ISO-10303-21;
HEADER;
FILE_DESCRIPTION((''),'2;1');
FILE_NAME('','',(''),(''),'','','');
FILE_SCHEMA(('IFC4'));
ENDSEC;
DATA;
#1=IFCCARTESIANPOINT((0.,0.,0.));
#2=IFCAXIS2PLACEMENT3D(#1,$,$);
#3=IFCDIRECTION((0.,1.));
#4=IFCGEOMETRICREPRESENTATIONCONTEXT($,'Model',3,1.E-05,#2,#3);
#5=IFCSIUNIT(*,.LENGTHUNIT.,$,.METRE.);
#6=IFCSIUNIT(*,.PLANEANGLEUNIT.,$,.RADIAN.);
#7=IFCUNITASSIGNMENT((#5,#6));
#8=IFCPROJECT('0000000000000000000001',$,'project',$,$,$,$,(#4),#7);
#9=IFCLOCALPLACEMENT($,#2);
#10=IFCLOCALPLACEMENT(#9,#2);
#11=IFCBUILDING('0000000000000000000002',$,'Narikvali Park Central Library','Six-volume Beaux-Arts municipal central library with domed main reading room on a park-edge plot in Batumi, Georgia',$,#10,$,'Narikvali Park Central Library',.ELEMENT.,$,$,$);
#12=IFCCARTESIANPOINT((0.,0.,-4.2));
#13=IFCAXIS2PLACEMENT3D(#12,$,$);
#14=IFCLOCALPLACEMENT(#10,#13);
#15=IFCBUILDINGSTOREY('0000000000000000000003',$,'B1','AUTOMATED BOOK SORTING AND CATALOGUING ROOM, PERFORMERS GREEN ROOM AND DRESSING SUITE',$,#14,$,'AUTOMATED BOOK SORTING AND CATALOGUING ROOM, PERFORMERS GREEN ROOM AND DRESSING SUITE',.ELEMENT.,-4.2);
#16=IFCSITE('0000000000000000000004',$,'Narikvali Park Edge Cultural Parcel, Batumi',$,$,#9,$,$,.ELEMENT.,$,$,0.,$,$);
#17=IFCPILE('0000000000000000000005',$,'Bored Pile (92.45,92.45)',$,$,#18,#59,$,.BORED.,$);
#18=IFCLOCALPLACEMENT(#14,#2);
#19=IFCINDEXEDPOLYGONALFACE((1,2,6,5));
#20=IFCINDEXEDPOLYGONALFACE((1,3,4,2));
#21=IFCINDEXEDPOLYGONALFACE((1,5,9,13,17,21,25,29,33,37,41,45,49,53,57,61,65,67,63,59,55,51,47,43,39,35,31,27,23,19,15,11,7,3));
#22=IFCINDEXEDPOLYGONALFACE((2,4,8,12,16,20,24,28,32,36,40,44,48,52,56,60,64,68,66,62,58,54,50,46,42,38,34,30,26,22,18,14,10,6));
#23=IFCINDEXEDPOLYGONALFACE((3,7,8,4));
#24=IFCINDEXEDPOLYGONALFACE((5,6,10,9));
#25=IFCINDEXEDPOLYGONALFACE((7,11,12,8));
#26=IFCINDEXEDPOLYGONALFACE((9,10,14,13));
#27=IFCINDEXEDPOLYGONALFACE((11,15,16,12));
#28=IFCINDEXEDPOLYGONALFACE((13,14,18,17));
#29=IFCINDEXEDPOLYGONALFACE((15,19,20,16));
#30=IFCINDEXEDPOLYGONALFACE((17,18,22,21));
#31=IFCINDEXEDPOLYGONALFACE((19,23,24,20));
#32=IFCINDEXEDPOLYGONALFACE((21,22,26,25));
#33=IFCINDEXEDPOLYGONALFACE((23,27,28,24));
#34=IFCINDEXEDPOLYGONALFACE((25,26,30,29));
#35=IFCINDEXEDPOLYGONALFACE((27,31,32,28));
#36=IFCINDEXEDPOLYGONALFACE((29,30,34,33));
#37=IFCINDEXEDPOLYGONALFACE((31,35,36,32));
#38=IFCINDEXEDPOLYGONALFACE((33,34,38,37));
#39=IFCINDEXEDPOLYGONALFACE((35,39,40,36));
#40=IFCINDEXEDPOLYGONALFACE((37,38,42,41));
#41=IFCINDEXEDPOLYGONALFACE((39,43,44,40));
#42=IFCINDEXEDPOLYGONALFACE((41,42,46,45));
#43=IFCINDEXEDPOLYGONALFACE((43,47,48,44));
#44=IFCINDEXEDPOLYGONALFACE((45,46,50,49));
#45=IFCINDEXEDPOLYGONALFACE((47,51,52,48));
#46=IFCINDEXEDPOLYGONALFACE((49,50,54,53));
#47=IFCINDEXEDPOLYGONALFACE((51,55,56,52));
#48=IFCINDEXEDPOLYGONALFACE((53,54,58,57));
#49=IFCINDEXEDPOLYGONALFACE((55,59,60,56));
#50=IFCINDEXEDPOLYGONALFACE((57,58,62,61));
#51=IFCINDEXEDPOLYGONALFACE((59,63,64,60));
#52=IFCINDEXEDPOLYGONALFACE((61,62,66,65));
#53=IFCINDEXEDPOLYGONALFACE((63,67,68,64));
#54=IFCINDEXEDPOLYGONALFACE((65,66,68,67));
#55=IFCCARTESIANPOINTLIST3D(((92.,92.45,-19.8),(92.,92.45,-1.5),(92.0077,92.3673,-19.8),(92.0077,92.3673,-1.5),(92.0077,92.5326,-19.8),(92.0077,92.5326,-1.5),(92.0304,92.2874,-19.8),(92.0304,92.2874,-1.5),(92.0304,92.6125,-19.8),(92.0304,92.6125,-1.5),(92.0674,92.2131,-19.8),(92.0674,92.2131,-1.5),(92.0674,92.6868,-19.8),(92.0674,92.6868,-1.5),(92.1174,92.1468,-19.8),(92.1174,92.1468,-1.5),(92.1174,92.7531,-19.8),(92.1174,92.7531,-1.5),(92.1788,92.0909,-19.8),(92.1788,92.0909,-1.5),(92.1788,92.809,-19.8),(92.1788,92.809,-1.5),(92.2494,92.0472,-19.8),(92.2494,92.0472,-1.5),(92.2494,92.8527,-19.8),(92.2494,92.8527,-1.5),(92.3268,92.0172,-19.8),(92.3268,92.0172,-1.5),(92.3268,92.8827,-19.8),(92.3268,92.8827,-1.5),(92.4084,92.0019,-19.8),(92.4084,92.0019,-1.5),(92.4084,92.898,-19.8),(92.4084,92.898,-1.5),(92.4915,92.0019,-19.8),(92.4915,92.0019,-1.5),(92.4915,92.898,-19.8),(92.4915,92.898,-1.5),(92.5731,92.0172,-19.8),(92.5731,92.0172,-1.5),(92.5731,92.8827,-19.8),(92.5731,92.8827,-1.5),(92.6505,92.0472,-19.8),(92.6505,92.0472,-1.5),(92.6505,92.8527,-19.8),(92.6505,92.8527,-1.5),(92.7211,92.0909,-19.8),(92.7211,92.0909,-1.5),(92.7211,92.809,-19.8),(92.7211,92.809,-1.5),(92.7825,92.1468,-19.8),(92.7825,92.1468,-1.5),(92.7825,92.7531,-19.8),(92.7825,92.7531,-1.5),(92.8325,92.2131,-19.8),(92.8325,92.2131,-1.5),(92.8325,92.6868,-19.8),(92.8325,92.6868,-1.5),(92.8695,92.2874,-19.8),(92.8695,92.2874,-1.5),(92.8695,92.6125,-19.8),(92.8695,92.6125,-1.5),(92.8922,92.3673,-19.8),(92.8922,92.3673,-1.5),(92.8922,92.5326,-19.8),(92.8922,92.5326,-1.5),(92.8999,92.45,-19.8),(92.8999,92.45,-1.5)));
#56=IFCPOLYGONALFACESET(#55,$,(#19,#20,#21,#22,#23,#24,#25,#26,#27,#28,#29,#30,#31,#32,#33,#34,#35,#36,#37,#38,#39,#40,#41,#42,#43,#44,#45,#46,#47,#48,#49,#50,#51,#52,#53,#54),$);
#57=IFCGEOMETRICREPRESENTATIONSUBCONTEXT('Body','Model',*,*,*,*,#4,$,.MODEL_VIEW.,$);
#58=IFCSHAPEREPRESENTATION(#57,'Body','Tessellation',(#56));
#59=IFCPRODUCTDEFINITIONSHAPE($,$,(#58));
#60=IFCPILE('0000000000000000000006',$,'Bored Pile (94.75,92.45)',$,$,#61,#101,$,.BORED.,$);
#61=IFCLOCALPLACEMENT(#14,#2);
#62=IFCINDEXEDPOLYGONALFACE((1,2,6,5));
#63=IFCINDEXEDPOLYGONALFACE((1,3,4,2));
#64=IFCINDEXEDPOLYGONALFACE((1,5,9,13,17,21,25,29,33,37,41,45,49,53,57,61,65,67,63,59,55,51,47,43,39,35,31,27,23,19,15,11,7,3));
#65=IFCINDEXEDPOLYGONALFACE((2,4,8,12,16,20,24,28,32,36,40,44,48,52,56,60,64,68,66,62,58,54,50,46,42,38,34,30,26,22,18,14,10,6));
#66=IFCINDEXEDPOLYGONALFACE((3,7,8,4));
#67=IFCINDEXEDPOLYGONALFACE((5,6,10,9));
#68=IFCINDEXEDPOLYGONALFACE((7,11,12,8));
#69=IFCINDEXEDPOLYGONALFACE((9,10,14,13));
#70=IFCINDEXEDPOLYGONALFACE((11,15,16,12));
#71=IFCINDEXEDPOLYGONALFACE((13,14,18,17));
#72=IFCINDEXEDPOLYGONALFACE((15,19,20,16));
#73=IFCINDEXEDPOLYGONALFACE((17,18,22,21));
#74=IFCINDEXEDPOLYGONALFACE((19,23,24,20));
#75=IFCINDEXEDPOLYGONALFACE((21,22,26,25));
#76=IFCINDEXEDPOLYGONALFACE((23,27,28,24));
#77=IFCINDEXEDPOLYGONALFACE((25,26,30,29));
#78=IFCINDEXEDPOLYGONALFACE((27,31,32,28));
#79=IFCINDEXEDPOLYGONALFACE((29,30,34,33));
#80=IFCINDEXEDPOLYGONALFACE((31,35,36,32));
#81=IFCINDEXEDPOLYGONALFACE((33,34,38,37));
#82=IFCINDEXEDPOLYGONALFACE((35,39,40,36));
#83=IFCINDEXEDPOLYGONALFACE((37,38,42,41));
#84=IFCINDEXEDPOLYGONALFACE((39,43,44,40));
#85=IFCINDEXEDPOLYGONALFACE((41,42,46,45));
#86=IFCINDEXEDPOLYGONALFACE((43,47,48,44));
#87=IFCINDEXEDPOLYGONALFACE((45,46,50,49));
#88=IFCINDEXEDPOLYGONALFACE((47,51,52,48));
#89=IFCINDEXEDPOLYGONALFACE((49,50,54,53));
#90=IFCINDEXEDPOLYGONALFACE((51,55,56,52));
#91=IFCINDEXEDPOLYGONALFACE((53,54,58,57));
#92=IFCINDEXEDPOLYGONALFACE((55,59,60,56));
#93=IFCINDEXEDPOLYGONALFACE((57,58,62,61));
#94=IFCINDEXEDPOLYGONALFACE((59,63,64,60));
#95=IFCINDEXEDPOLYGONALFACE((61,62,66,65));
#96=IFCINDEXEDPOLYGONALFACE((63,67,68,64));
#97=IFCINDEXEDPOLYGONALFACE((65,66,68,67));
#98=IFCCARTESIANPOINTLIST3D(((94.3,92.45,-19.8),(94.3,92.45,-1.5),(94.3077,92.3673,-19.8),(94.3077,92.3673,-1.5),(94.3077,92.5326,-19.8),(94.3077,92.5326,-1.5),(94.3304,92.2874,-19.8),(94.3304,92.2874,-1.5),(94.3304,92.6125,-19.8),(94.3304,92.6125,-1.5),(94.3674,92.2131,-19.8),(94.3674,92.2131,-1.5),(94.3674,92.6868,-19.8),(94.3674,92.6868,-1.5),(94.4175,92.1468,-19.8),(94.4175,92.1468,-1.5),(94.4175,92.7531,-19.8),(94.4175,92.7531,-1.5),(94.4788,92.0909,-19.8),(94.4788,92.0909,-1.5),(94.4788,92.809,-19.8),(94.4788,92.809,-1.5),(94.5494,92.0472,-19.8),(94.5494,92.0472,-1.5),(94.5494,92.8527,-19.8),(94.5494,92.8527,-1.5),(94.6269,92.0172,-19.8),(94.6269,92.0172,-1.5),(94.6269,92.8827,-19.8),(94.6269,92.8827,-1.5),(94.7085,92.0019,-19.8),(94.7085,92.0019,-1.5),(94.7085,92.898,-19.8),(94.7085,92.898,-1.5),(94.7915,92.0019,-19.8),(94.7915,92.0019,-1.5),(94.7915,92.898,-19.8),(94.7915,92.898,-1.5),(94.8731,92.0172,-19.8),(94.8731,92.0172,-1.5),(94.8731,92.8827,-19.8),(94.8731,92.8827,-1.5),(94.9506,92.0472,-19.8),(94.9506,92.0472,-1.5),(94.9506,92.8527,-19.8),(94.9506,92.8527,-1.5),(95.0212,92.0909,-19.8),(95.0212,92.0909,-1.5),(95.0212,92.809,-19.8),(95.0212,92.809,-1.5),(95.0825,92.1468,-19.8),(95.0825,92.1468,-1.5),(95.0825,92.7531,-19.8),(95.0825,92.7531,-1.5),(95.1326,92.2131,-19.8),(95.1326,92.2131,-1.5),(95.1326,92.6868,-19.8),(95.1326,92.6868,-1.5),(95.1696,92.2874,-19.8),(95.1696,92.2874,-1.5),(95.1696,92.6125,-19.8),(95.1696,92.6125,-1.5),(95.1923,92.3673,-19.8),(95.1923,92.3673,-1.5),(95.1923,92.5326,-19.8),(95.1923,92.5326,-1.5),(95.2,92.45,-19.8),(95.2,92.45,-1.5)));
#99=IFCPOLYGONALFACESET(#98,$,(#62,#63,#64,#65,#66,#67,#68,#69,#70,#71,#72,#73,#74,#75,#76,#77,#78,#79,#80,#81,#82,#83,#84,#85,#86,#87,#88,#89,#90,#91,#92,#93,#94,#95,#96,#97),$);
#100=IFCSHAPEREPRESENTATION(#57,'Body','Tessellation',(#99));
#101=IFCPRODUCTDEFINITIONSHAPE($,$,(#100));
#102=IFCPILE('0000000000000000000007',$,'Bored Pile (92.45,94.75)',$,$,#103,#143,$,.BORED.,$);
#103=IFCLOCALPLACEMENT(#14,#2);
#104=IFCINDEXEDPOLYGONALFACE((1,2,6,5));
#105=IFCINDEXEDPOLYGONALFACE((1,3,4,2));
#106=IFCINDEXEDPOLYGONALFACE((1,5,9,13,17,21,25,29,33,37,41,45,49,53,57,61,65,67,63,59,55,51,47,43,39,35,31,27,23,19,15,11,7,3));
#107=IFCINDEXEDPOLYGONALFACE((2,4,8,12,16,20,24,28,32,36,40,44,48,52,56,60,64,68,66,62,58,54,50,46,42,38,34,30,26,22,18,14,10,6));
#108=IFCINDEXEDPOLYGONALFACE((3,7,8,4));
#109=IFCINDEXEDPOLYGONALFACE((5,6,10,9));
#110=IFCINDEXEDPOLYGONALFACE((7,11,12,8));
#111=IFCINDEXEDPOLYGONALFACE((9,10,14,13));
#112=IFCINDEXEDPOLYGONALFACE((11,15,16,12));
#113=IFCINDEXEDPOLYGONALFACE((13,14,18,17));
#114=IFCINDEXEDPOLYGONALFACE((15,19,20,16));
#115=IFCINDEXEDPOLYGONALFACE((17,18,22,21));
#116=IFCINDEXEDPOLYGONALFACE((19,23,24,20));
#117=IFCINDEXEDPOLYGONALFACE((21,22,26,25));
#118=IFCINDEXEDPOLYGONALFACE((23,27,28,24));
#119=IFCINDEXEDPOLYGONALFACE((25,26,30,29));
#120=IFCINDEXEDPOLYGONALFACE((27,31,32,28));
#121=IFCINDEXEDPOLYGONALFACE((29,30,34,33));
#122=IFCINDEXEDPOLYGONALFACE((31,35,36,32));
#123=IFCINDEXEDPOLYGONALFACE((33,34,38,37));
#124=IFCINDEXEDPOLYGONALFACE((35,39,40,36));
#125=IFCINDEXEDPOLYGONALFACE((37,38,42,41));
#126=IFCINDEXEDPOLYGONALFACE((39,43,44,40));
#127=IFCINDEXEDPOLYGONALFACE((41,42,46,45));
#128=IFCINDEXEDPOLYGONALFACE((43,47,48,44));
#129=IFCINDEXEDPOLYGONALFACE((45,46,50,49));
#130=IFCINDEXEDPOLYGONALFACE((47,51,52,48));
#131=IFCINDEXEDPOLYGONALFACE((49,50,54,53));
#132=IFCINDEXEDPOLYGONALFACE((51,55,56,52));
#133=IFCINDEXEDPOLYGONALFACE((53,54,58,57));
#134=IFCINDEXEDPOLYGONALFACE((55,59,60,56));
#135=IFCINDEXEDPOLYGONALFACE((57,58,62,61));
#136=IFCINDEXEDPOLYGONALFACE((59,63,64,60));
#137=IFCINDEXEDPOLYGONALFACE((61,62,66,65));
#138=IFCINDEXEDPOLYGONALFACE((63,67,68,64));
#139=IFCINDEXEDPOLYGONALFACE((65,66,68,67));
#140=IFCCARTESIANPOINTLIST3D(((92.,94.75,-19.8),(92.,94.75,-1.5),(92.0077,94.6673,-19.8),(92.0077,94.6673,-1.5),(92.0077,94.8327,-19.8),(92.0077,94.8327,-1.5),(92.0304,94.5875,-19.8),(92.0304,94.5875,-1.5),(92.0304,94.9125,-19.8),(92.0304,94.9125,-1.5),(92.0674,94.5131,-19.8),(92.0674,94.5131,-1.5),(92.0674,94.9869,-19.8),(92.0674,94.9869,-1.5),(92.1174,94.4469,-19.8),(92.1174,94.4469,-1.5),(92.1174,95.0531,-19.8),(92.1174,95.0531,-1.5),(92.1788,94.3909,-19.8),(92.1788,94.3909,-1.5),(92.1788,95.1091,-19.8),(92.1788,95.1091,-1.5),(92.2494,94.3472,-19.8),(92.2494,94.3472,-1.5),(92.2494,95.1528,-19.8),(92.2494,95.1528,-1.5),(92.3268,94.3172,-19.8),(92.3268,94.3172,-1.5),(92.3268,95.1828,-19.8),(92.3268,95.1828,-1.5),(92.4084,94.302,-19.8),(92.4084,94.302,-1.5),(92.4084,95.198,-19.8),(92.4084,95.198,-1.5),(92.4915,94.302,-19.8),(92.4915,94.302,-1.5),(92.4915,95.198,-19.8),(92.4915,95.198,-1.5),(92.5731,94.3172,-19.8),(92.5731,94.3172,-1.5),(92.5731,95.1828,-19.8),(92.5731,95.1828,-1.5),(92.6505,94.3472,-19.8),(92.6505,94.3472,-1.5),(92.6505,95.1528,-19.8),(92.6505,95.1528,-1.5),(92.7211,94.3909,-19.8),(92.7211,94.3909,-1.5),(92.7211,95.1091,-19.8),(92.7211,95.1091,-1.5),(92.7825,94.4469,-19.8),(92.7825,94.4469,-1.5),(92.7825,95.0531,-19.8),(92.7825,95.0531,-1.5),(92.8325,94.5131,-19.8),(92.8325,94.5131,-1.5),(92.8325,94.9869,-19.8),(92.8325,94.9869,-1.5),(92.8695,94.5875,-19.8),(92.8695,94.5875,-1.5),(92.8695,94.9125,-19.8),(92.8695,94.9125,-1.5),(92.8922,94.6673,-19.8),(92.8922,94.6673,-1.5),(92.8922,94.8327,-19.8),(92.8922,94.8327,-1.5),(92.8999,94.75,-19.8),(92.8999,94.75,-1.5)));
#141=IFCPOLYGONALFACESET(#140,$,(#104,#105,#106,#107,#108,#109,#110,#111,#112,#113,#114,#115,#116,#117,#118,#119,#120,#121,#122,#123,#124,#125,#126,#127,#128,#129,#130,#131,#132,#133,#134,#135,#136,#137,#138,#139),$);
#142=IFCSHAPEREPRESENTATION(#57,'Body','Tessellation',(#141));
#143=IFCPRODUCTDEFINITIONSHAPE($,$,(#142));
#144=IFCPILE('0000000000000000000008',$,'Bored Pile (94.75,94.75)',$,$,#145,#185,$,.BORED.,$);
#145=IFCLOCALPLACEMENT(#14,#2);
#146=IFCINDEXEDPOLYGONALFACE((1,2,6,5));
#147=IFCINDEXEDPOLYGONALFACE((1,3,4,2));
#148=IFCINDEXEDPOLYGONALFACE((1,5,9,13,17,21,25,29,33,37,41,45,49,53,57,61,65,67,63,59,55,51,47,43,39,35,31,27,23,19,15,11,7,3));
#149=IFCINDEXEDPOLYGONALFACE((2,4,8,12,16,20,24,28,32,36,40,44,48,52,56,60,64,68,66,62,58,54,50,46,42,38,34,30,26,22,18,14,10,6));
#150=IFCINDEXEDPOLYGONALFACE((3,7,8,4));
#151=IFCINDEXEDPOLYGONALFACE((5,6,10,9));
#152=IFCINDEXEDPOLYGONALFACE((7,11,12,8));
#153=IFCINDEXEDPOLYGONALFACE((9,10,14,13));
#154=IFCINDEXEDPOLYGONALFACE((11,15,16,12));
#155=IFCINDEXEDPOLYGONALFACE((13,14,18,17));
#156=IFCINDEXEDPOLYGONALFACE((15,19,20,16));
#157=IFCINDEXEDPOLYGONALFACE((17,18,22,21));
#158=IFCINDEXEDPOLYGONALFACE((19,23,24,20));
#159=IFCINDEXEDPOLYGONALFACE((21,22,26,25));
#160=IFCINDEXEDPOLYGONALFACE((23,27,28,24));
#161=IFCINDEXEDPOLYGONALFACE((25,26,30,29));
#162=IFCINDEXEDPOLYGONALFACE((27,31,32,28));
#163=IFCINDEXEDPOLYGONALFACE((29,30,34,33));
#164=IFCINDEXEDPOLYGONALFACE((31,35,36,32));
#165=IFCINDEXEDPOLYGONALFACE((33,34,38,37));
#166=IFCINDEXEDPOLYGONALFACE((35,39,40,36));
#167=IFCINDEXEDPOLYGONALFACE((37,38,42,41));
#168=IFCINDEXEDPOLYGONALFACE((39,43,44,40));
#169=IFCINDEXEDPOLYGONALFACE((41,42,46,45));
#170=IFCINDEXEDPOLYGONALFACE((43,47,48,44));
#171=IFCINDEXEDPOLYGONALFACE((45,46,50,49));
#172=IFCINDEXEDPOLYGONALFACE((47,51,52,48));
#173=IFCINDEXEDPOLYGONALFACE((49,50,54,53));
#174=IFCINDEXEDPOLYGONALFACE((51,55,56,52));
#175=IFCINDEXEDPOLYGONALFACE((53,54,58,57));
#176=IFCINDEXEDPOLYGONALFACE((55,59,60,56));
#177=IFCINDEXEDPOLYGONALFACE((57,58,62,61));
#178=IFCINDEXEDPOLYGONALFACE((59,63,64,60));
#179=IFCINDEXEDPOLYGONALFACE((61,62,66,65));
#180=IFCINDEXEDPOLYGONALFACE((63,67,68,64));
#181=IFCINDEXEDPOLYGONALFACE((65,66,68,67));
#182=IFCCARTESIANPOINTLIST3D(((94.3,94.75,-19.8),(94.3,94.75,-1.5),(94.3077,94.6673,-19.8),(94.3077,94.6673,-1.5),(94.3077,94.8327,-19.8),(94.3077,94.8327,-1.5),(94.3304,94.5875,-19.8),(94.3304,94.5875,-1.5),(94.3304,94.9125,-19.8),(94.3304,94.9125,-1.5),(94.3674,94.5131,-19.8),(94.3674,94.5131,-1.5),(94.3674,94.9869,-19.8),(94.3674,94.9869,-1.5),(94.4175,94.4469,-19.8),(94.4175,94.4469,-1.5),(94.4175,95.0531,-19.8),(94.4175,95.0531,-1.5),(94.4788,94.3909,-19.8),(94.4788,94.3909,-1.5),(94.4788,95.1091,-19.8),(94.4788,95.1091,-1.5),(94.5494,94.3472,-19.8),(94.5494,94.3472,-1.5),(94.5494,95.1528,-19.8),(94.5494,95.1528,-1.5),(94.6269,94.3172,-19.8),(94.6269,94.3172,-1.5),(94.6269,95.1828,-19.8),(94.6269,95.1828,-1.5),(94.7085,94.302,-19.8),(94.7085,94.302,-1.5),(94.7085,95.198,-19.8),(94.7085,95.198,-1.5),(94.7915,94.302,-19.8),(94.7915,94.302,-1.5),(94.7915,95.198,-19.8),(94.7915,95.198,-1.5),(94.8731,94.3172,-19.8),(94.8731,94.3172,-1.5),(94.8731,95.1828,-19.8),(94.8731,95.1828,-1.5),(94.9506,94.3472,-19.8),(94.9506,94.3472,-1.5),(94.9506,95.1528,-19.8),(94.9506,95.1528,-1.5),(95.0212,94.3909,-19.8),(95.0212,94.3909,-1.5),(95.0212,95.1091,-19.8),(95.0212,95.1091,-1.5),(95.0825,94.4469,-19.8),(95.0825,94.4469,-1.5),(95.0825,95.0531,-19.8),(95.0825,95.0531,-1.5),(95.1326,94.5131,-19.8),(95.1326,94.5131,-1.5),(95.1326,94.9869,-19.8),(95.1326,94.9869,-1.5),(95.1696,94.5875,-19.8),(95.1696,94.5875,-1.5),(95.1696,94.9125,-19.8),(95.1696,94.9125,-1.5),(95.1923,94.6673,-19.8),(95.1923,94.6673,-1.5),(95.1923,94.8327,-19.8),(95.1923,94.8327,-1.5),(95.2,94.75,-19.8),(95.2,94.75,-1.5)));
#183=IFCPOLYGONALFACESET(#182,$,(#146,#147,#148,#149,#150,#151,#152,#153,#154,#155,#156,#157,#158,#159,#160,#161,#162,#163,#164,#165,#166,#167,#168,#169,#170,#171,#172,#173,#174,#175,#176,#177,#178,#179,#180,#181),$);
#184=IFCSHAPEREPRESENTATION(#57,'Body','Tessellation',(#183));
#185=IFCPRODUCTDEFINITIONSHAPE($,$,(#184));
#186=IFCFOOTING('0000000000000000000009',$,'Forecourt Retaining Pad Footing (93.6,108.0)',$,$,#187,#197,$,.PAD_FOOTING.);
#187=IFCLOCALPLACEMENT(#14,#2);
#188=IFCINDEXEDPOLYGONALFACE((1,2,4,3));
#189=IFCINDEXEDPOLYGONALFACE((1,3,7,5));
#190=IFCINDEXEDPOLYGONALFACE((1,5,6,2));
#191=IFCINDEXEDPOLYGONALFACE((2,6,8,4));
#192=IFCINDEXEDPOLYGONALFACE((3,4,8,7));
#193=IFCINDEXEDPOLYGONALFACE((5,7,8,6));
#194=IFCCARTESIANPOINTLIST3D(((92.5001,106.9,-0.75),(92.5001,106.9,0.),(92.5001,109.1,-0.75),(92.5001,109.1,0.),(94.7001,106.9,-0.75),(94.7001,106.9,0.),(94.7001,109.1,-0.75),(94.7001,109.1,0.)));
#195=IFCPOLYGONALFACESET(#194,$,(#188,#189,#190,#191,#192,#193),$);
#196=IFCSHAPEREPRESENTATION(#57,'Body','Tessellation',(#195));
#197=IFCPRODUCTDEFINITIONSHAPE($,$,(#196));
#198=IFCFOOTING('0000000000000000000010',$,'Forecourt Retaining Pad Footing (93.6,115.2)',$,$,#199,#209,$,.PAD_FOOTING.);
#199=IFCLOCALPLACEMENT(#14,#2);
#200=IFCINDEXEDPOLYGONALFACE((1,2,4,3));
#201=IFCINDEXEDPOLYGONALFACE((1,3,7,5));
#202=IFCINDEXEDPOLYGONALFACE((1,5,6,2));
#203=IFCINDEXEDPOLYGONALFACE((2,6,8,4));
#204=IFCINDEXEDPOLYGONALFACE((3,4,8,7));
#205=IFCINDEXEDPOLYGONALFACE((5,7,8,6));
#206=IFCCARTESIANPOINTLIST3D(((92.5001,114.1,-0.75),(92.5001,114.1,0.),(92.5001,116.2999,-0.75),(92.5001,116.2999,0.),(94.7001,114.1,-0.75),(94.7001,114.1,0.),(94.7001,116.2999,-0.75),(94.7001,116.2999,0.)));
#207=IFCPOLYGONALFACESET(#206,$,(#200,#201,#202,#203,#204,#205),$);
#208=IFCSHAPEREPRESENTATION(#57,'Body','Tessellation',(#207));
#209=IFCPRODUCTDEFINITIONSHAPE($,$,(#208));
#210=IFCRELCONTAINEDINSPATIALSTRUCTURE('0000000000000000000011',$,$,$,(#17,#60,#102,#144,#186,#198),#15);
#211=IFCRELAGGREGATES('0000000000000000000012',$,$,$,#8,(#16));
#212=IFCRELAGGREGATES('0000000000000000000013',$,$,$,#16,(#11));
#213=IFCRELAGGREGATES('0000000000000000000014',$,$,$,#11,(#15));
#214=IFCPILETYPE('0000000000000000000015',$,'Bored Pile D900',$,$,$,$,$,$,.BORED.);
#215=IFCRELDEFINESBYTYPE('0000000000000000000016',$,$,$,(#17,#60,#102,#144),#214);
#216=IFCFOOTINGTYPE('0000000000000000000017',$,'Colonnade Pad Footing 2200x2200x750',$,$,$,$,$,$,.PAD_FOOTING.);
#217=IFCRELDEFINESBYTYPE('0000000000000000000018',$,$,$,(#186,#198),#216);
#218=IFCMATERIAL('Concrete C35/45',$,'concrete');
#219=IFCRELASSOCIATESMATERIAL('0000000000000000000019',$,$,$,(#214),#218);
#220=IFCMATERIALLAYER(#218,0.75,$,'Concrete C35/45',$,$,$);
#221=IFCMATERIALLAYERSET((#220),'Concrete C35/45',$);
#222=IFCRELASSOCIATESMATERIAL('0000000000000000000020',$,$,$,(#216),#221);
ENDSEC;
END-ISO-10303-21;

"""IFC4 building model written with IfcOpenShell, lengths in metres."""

from ifc_helpers import new_model, si_unit, direction, frame, origin, origin_2d, place, context, subcontext, project, spatial, rectangle, circle, extrude, material, layer, layer_set, material_profile, profile_set, type_object, element, save


model = new_model("IFC4")

# Units and contexts
model_context = context("Model", 3, precision=1e-05, world=origin(), true_north=direction((0.0, 1.0)))
body_context = subcontext(model_context, "Body", "Model", "MODEL_VIEW")
ifc_project = project(units=[si_unit("LENGTHUNIT", "METRE"), si_unit("PLANEANGLEUNIT", "RADIAN")], contexts=[model_context])

# Site, building, storey
site_placement = place(None, origin())
site = spatial("IfcSite", under=ifc_project, at=site_placement, Name="Narikvali Park Edge Cultural Parcel, Batumi", CompositionType="ELEMENT", RefElevation=0.0)
building_placement = place(site_placement, origin())
building = spatial("IfcBuilding", under=site, at=building_placement, Name="Narikvali Park Central Library", Description="Six-volume Beaux-Arts municipal central library with domed main reading room on a park-edge plot in Batumi, Georgia", LongName="Narikvali Park Central Library", CompositionType="ELEMENT")
storey_placement = place(building_placement, frame((0.0, 0.0, -4.2)))
storey = spatial("IfcBuildingStorey", under=building, at=storey_placement, Name="B1", Description="AUTOMATED BOOK SORTING AND CATALOGUING ROOM, PERFORMERS GREEN ROOM AND DRESSING SUITE", LongName="AUTOMATED BOOK SORTING AND CATALOGUING ROOM, PERFORMERS GREEN ROOM AND DRESSING SUITE", CompositionType="ELEMENT", Elevation=-4.2)

# Piles
ifc_material_1 = material(Name="Concrete C35/45", Category="concrete")
ifc_material_profile_1 = material_profile(ifc_material_1, circle(Radius=0.45, at=origin_2d()), Name="PILE D900")
ifc_profile_set_1 = profile_set([ifc_material_profile_1], Name="Concrete C35/45")
pile_type_1 = type_object("IfcPileType", Name="Bored Pile D900", PredefinedType="BORED", material=ifc_profile_set_1)
for number, where, z_axis, x_axis, name in (
    (1, (92.45, 92.45, -1.5), (0.0, 0.0, -1.0), (1.0, 0.0, 0.0), "Bored Pile (92.45,92.45)"),
    (2, (94.75, 92.45, -1.5), (0.0, 0.0, -1.0), (1.0, 0.0, 0.0), "Bored Pile (94.75,92.45)"),
    (3, (92.45, 94.75, -1.5), (0.0, 0.0, -1.0), (1.0, 0.0, 0.0), "Bored Pile (92.45,94.75)"),
    (4, (94.75, 94.75, -1.5), (0.0, 0.0, -1.0), (1.0, 0.0, 0.0), "Bored Pile (94.75,94.75)"),
):
    element("IfcPile", number, at=place(storey_placement, frame(where, z_axis=z_axis, x_axis=x_axis)), inside=storey, type_object=pile_type_1, Name=name, PredefinedType="BORED", context=body_context, shape_type="SweptSolid", body=[
        extrude(circle(Radius=0.45, at=origin_2d()), origin(), (0.0, 0.0, 1.0), 18.3),
    ])

# Footings
ifc_layer_1 = layer(ifc_material_1, 0.75, Name="Concrete C35/45")
ifc_layer_set_1 = layer_set([ifc_layer_1], Name="Concrete C35/45")
footing_type_1 = type_object("IfcFootingType", Name="Colonnade Pad Footing 2200x2200x750", PredefinedType="PAD_FOOTING", material=ifc_layer_set_1)
for number, where, z_axis, x_axis, name in (
    (5, (93.6001, 108.0, -0.75), (0.0, 0.0, 1.0), (1.0, 0.0, 0.0), "Forecourt Retaining Pad Footing (93.6,108.0)"),
    (6, (93.6001, 115.2, -0.75), (0.0, 0.0, 1.0), (1.0, 0.0, 0.0), "Forecourt Retaining Pad Footing (93.6,115.2)"),
):
    element("IfcFooting", number, at=place(storey_placement, frame(where, z_axis=z_axis, x_axis=x_axis)), inside=storey, type_object=footing_type_1, Name=name, PredefinedType="PAD_FOOTING", context=body_context, shape_type="SweptSolid", body=[
        extrude(rectangle(XDim=2.2, YDim=2.2, at=origin_2d()), origin(), (0.0, 0.0, 1.0), 0.75),
    ])

save(model, "model.ifc")
